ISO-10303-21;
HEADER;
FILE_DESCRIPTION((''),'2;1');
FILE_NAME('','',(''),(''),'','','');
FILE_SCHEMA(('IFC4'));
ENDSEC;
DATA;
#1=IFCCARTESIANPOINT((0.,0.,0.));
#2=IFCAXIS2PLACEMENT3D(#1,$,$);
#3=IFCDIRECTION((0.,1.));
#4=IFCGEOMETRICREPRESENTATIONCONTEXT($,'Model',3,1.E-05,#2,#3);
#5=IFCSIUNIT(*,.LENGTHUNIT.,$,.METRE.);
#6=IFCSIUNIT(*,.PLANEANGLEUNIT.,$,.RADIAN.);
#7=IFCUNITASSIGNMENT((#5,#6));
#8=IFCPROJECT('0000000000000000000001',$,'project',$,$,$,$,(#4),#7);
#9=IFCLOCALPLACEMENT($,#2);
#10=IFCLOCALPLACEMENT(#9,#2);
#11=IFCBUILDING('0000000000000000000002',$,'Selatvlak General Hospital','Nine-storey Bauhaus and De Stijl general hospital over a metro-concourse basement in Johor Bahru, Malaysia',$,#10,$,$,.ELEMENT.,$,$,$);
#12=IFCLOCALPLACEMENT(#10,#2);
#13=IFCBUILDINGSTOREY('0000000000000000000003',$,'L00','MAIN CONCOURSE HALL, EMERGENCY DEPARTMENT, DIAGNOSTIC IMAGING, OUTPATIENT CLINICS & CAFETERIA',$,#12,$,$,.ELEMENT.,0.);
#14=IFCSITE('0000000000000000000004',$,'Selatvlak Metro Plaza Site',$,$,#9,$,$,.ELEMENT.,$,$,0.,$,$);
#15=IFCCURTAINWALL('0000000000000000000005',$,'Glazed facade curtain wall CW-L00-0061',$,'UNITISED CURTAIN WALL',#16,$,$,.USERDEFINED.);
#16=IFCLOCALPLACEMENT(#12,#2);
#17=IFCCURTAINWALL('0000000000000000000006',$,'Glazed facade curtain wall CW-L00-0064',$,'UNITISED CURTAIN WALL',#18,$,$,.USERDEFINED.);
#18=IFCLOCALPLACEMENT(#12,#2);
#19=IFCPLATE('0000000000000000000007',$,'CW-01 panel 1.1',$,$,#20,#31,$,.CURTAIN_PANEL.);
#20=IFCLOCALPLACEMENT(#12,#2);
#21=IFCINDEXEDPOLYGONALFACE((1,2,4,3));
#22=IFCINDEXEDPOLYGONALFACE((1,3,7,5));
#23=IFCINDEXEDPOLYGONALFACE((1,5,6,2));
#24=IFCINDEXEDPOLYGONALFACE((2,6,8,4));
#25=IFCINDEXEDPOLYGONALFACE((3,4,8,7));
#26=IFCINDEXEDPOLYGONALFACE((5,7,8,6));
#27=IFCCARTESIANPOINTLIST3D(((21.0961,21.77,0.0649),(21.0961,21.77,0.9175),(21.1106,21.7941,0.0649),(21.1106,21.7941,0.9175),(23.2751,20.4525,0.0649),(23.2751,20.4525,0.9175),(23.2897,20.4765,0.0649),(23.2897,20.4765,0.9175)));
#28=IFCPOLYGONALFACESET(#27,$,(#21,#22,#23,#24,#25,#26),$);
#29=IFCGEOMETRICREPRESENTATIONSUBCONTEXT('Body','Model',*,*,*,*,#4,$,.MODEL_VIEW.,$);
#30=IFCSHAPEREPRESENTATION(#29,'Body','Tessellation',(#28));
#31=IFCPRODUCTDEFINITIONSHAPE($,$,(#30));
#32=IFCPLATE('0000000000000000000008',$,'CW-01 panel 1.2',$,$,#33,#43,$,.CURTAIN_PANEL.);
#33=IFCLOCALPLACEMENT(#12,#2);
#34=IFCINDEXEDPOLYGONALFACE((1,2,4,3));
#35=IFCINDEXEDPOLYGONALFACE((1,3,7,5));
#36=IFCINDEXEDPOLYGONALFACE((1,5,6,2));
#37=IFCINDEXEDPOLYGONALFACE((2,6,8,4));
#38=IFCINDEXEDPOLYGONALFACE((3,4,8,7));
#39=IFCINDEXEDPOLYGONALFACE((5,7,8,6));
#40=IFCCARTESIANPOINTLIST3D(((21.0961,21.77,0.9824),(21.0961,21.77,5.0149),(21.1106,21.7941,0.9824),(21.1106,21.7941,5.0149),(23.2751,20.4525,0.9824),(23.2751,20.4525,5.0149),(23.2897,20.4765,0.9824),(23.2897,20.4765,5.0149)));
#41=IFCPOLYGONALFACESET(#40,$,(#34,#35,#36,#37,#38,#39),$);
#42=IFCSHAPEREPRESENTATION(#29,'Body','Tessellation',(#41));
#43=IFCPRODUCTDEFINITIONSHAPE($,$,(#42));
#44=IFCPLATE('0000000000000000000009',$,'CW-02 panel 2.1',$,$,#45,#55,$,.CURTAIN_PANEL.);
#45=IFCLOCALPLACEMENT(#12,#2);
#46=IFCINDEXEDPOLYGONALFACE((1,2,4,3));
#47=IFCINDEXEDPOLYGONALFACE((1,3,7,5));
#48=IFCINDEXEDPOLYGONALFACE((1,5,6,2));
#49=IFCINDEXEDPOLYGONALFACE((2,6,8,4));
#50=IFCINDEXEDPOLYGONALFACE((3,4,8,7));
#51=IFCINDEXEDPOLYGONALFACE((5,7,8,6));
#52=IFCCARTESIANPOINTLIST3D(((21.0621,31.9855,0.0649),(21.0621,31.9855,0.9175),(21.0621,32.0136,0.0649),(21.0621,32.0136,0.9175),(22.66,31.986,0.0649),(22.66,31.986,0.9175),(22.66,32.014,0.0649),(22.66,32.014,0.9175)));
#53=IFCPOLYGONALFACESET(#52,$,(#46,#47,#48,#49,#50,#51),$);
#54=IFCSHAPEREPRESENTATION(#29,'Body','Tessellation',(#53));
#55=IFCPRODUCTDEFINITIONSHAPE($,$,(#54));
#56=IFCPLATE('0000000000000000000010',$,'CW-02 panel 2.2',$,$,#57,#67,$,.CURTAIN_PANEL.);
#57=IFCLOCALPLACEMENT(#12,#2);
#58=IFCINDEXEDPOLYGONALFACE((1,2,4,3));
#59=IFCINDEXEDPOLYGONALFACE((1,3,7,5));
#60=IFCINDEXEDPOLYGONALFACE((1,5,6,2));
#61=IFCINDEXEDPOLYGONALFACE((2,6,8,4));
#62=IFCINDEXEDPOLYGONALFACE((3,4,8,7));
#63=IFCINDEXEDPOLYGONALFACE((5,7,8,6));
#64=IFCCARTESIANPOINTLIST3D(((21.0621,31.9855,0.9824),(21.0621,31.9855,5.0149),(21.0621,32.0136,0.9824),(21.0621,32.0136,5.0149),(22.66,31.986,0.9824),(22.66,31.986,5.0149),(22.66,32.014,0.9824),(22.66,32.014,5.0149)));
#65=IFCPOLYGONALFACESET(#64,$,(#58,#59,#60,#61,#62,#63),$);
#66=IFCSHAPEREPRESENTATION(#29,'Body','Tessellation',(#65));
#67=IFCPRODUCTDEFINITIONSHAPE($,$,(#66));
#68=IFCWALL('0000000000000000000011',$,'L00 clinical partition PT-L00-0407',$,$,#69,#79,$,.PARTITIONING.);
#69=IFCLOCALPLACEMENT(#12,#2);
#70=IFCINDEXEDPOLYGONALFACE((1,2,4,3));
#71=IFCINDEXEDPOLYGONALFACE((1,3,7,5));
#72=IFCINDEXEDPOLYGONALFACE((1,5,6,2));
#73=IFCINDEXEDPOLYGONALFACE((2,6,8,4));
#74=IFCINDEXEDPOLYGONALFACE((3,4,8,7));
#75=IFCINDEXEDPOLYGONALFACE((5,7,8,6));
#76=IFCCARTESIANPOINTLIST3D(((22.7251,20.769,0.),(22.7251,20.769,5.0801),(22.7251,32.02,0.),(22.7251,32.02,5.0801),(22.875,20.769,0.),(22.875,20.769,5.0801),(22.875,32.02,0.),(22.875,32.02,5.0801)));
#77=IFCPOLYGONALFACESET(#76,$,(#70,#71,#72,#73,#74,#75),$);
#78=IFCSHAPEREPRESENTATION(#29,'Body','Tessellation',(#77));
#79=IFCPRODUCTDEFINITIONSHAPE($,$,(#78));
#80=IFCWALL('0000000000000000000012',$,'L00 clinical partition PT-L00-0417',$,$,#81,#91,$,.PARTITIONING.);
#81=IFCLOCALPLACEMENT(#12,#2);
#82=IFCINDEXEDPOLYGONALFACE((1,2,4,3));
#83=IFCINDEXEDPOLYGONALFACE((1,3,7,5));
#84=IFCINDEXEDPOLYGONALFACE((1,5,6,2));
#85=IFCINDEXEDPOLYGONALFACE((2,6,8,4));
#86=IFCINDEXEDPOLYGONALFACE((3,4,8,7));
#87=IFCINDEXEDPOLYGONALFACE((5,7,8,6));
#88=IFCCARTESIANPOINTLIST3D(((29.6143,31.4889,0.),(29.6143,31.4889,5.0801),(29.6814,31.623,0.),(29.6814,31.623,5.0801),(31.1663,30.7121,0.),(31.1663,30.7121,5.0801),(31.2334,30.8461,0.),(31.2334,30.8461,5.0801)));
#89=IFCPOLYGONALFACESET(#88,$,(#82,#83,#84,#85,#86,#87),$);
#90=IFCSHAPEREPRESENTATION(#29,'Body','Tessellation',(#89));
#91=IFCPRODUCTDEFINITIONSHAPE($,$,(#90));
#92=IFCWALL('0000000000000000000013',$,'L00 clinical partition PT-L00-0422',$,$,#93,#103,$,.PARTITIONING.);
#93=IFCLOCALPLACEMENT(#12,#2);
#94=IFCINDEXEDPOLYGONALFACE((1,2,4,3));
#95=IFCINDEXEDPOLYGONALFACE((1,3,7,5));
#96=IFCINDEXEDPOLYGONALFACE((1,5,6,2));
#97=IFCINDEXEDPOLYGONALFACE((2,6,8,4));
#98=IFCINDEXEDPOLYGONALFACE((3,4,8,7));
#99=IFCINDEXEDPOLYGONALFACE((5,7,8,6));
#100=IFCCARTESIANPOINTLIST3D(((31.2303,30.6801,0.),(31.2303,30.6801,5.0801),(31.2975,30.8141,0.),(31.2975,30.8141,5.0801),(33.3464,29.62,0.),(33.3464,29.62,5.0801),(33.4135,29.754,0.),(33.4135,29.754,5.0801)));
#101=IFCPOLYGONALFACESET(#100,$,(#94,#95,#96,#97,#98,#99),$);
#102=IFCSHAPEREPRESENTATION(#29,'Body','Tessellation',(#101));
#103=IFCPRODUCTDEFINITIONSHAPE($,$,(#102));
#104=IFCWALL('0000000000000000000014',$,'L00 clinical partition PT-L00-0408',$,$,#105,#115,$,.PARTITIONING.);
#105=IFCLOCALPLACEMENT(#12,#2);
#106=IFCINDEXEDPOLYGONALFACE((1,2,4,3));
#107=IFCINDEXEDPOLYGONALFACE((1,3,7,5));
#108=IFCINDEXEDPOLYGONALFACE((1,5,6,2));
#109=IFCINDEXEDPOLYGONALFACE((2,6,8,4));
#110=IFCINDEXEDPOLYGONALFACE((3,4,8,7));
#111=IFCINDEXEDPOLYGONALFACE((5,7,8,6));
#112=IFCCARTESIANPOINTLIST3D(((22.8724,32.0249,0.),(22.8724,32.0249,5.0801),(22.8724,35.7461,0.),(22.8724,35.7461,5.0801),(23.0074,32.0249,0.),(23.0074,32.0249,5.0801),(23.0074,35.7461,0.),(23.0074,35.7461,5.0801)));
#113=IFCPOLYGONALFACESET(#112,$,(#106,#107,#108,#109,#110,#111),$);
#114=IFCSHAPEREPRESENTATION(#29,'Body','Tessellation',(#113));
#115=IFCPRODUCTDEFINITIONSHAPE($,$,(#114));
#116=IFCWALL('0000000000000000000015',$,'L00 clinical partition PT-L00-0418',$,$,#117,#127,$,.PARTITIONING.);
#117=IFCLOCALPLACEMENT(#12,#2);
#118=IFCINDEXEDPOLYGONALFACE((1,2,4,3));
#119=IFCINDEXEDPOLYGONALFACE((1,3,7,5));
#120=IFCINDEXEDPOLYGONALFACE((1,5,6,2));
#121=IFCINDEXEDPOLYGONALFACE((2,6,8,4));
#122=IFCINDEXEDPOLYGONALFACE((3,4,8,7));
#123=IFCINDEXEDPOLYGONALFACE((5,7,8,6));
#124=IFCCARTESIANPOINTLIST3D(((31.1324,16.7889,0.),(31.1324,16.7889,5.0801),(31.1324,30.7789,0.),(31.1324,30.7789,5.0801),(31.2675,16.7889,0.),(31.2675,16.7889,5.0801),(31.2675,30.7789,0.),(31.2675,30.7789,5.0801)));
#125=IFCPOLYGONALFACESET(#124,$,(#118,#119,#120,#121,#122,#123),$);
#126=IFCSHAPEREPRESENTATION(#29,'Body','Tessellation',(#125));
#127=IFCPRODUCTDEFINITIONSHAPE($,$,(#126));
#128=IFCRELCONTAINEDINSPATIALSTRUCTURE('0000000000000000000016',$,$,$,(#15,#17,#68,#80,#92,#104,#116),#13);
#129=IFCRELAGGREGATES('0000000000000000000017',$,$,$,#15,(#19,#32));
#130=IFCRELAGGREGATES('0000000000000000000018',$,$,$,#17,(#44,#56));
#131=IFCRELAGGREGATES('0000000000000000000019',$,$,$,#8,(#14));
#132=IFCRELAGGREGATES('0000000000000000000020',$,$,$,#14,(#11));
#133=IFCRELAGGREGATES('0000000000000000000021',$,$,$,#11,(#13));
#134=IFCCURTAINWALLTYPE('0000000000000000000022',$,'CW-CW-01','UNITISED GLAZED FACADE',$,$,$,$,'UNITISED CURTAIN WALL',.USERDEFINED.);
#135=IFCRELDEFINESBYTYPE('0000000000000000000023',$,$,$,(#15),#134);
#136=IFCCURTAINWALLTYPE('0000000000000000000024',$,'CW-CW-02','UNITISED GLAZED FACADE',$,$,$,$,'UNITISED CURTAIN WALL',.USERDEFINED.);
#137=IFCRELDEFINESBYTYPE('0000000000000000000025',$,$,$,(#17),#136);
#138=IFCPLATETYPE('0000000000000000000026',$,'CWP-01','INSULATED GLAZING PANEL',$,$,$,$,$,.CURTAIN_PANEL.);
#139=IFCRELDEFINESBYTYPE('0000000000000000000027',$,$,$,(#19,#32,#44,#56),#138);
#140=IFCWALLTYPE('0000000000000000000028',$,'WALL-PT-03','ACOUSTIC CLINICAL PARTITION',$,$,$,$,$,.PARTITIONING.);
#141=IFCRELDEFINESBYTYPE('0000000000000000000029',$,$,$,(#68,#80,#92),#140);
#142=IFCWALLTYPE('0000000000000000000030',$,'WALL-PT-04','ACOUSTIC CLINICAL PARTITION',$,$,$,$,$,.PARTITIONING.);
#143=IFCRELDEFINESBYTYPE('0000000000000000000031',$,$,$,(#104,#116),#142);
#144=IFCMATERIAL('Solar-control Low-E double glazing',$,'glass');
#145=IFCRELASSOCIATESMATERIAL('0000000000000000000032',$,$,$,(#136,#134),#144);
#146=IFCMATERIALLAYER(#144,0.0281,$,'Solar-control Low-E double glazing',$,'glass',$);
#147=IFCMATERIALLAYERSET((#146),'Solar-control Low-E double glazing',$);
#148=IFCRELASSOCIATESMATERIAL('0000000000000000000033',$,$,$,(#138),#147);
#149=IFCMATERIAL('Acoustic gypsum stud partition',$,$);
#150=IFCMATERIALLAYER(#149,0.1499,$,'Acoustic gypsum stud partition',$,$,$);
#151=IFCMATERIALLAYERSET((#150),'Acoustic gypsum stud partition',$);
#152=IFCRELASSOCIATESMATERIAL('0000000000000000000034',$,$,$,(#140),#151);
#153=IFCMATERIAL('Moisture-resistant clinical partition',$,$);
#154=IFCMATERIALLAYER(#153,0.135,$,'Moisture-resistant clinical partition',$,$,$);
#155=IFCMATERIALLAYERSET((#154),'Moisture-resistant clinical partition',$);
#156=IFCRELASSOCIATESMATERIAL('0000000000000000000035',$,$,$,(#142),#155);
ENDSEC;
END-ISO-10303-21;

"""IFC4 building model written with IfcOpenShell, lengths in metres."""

from ifc_helpers import new_model, si_unit, direction, frame, frame_2d, origin, origin_2d, place, context, subcontext, project, spatial, rectangle, extrude, material, layer, layer_set, type_object, element, aggregate, save


model = new_model("IFC4")

# Units and contexts
model_context = context("Model", 3, precision=1e-05, world=origin(), true_north=direction((0.0, 1.0)))
body_context = subcontext(model_context, "Body", "Model", "MODEL_VIEW")
ifc_project = project(units=[si_unit("LENGTHUNIT", "METRE"), si_unit("PLANEANGLEUNIT", "RADIAN")], contexts=[model_context])

# Site, building, storey
site_placement = place(None, origin())
site = spatial("IfcSite", under=ifc_project, at=site_placement, Name="Selatvlak Metro Plaza Site", CompositionType="ELEMENT", RefElevation=0.0)
building_placement = place(site_placement, origin())
building = spatial("IfcBuilding", under=site, at=building_placement, Name="Selatvlak General Hospital", Description="Nine-storey Bauhaus and De Stijl general hospital over a metro-concourse basement in Johor Bahru, Malaysia", CompositionType="ELEMENT")
storey_placement = place(building_placement, origin())
storey = spatial("IfcBuildingStorey", under=building, at=storey_placement, Name="L00", Description="MAIN CONCOURSE HALL, EMERGENCY DEPARTMENT, DIAGNOSTIC IMAGING, OUTPATIENT CLINICS & CAFETERIA", CompositionType="ELEMENT", Elevation=0.0)

# Curtain walls
ifc_material_1 = material(Name="Solar-control Low-E double glazing", Category="glass")
curtain_wall_type_1 = type_object("IfcCurtainWallType", Name="CW-CW-02", Description="UNITISED GLAZED FACADE", ElementType="UNITISED CURTAIN WALL", PredefinedType="USERDEFINED", material=ifc_material_1)
curtain_wall_type_2 = type_object("IfcCurtainWallType", Name="CW-CW-01", Description="UNITISED GLAZED FACADE", ElementType="UNITISED CURTAIN WALL", PredefinedType="USERDEFINED", material=ifc_material_1)
curtain_wall_1_placement = place(storey_placement, origin())
curtain_wall_1 = element("IfcCurtainWall", 1, at=curtain_wall_1_placement, inside=storey, type_object=curtain_wall_type_2, Name="Glazed facade curtain wall CW-L00-0061", ObjectType="UNITISED CURTAIN WALL", PredefinedType="USERDEFINED")
curtain_wall_2_placement = place(storey_placement, origin())
curtain_wall_2 = element("IfcCurtainWall", 2, at=curtain_wall_2_placement, inside=storey, type_object=curtain_wall_type_1, Name="Glazed facade curtain wall CW-L00-0064", ObjectType="UNITISED CURTAIN WALL", PredefinedType="USERDEFINED")

# Plates
ifc_layer_1 = layer(ifc_material_1, 0.0281, Name="Solar-control Low-E double glazing", Category="glass")
ifc_layer_set_1 = layer_set([ifc_layer_1], Name="Solar-control Low-E double glazing")
plate_type = type_object("IfcPlateType", Name="CWP-01", Description="INSULATED GLAZING PANEL", PredefinedType="CURTAIN_PANEL", material=ifc_layer_set_1)
plate_1_placement = place(storey_placement, frame((22.1929, 21.1233, 0.0649), z_axis=(0.0, 0.0, 1.0), x_axis=(-0.855736, 0.517413, 0.0)))
plate_1 = element("IfcPlate", 3, at=plate_1_placement, type_object=plate_type, Name="CW-01 panel 1.1", PredefinedType="CURTAIN_PANEL", context=body_context, shape_type="SweptSolid", body=[
    extrude(rectangle(XDim=2.5464, YDim=0.0281, at=origin_2d()), origin(), (0.0, 0.0, 1.0), 0.8525),
])
plate_2_placement = place(storey_placement, frame((22.1929, 21.1233, 0.9824), z_axis=(0.0, 0.0, 1.0), x_axis=(-0.855736, 0.517413, 0.0)))
plate_2 = element("IfcPlate", 4, at=plate_2_placement, type_object=plate_type, Name="CW-01 panel 1.2", PredefinedType="CURTAIN_PANEL", context=body_context, shape_type="SweptSolid", body=[
    extrude(rectangle(XDim=2.5464, YDim=0.0281, at=origin_2d()), origin(), (0.0, 0.0, 1.0), 4.0325),
])
aggregate(curtain_wall_1, [plate_1, plate_2])
plate_3_placement = place(storey_placement, frame((21.8611, 31.9998, 0.0649), z_axis=(0.0, 0.0, 1.0), x_axis=(1.0, 0.000295, 0.0)))
plate_3 = element("IfcPlate", 5, at=plate_3_placement, type_object=plate_type, Name="CW-02 panel 2.1", PredefinedType="CURTAIN_PANEL", context=body_context, shape_type="SweptSolid", body=[
    extrude(rectangle(XDim=1.5979, YDim=0.0281, at=origin_2d()), origin(), (0.0, 0.0, 1.0), 0.8525),
])
plate_4_placement = place(storey_placement, frame((21.8611, 31.9998, 0.9824), z_axis=(0.0, 0.0, 1.0), x_axis=(1.0, 0.000295, 0.0)))
plate_4 = element("IfcPlate", 6, at=plate_4_placement, type_object=plate_type, Name="CW-02 panel 2.2", PredefinedType="CURTAIN_PANEL", context=body_context, shape_type="SweptSolid", body=[
    extrude(rectangle(XDim=1.5979, YDim=0.0281, at=origin_2d()), origin(), (0.0, 0.0, 1.0), 4.0325),
])
aggregate(curtain_wall_2, [plate_3, plate_4])

# Walls
ifc_material_2 = material(Name="Acoustic gypsum stud partition")
ifc_layer_2 = layer(ifc_material_2, 0.1499, Name="Acoustic gypsum stud partition")
ifc_layer_set_2 = layer_set([ifc_layer_2], Name="Acoustic gypsum stud partition")
wall_type_1 = type_object("IfcWallType", Name="WALL-PT-03", Description="ACOUSTIC CLINICAL PARTITION", PredefinedType="PARTITIONING", material=ifc_layer_set_2)
wall_1_placement = place(storey_placement, frame((22.8, 20.769, 0.0), z_axis=(0.0, 0.0, 1.0), x_axis=(0.0, 1.0, 0.0)))
element("IfcWall", 7, at=wall_1_placement, inside=storey, type_object=wall_type_1, Name="L00 clinical partition PT-L00-0407", PredefinedType="PARTITIONING", context=body_context, shape_type="SweptSolid", body=[
    extrude(rectangle(XDim=11.251, YDim=0.1499, at=frame_2d((5.6255, 0.0))), origin(), (0.0, 0.0, 1.0), 5.0801),
])
wall_2_placement = place(storey_placement, frame((29.6479, 31.5559, 0.0), z_axis=(0.0, 0.0, 1.0), x_axis=(0.89423, -0.447607, 0.0)))
element("IfcWall", 8, at=wall_2_placement, inside=storey, type_object=wall_type_1, Name="L00 clinical partition PT-L00-0417", PredefinedType="PARTITIONING", context=body_context, shape_type="SweptSolid", body=[
    extrude(rectangle(XDim=1.7356, YDim=0.1499, at=frame_2d((0.8677, 0.0))), origin(), (0.0, 0.0, 1.0), 5.0801),
])
wall_3_placement = place(storey_placement, frame((31.2639, 30.7471, 0.0), z_axis=(0.0, 0.0, 1.0), x_axis=(0.894076, -0.447915, 0.0)))
element("IfcWall", 9, at=wall_3_placement, inside=storey, type_object=wall_type_1, Name="L00 clinical partition PT-L00-0422", PredefinedType="PARTITIONING", context=body_context, shape_type="SweptSolid", body=[
    extrude(rectangle(XDim=2.3667, YDim=0.1499, at=frame_2d((1.1833, 0.0))), origin(), (0.0, 0.0, 1.0), 5.0801),
])
ifc_material_3 = material(Name="Moisture-resistant clinical partition")
ifc_layer_3 = layer(ifc_material_3, 0.135, Name="Moisture-resistant clinical partition")
ifc_layer_set_3 = layer_set([ifc_layer_3], Name="Moisture-resistant clinical partition")
wall_type_2 = type_object("IfcWallType", Name="WALL-PT-04", Description="ACOUSTIC CLINICAL PARTITION", PredefinedType="PARTITIONING", material=ifc_layer_set_3)
wall_4_placement = place(storey_placement, frame((22.9399, 32.0249, 0.0), z_axis=(0.0, 0.0, 1.0), x_axis=(0.0, 1.0, 0.0)))
element("IfcWall", 10, at=wall_4_placement, inside=storey, type_object=wall_type_2, Name="L00 clinical partition PT-L00-0408", PredefinedType="PARTITIONING", context=body_context, shape_type="SweptSolid", body=[
    extrude(rectangle(XDim=3.7212, YDim=0.135, at=frame_2d((1.8606, 0.0))), origin(), (0.0, 0.0, 1.0), 5.0801),
])
wall_5_placement = place(storey_placement, frame((31.2, 30.7791, 0.0), z_axis=(0.0, 0.0, 1.0), x_axis=(0.0, -1.0, 0.0)))
element("IfcWall", 11, at=wall_5_placement, inside=storey, type_object=wall_type_2, Name="L00 clinical partition PT-L00-0418", PredefinedType="PARTITIONING", context=body_context, shape_type="SweptSolid", body=[
    extrude(rectangle(XDim=13.99, YDim=0.135, at=frame_2d((6.9951, 0.0))), origin(), (0.0, 0.0, 1.0), 5.0801),
])

save(model, "model.ifc")
